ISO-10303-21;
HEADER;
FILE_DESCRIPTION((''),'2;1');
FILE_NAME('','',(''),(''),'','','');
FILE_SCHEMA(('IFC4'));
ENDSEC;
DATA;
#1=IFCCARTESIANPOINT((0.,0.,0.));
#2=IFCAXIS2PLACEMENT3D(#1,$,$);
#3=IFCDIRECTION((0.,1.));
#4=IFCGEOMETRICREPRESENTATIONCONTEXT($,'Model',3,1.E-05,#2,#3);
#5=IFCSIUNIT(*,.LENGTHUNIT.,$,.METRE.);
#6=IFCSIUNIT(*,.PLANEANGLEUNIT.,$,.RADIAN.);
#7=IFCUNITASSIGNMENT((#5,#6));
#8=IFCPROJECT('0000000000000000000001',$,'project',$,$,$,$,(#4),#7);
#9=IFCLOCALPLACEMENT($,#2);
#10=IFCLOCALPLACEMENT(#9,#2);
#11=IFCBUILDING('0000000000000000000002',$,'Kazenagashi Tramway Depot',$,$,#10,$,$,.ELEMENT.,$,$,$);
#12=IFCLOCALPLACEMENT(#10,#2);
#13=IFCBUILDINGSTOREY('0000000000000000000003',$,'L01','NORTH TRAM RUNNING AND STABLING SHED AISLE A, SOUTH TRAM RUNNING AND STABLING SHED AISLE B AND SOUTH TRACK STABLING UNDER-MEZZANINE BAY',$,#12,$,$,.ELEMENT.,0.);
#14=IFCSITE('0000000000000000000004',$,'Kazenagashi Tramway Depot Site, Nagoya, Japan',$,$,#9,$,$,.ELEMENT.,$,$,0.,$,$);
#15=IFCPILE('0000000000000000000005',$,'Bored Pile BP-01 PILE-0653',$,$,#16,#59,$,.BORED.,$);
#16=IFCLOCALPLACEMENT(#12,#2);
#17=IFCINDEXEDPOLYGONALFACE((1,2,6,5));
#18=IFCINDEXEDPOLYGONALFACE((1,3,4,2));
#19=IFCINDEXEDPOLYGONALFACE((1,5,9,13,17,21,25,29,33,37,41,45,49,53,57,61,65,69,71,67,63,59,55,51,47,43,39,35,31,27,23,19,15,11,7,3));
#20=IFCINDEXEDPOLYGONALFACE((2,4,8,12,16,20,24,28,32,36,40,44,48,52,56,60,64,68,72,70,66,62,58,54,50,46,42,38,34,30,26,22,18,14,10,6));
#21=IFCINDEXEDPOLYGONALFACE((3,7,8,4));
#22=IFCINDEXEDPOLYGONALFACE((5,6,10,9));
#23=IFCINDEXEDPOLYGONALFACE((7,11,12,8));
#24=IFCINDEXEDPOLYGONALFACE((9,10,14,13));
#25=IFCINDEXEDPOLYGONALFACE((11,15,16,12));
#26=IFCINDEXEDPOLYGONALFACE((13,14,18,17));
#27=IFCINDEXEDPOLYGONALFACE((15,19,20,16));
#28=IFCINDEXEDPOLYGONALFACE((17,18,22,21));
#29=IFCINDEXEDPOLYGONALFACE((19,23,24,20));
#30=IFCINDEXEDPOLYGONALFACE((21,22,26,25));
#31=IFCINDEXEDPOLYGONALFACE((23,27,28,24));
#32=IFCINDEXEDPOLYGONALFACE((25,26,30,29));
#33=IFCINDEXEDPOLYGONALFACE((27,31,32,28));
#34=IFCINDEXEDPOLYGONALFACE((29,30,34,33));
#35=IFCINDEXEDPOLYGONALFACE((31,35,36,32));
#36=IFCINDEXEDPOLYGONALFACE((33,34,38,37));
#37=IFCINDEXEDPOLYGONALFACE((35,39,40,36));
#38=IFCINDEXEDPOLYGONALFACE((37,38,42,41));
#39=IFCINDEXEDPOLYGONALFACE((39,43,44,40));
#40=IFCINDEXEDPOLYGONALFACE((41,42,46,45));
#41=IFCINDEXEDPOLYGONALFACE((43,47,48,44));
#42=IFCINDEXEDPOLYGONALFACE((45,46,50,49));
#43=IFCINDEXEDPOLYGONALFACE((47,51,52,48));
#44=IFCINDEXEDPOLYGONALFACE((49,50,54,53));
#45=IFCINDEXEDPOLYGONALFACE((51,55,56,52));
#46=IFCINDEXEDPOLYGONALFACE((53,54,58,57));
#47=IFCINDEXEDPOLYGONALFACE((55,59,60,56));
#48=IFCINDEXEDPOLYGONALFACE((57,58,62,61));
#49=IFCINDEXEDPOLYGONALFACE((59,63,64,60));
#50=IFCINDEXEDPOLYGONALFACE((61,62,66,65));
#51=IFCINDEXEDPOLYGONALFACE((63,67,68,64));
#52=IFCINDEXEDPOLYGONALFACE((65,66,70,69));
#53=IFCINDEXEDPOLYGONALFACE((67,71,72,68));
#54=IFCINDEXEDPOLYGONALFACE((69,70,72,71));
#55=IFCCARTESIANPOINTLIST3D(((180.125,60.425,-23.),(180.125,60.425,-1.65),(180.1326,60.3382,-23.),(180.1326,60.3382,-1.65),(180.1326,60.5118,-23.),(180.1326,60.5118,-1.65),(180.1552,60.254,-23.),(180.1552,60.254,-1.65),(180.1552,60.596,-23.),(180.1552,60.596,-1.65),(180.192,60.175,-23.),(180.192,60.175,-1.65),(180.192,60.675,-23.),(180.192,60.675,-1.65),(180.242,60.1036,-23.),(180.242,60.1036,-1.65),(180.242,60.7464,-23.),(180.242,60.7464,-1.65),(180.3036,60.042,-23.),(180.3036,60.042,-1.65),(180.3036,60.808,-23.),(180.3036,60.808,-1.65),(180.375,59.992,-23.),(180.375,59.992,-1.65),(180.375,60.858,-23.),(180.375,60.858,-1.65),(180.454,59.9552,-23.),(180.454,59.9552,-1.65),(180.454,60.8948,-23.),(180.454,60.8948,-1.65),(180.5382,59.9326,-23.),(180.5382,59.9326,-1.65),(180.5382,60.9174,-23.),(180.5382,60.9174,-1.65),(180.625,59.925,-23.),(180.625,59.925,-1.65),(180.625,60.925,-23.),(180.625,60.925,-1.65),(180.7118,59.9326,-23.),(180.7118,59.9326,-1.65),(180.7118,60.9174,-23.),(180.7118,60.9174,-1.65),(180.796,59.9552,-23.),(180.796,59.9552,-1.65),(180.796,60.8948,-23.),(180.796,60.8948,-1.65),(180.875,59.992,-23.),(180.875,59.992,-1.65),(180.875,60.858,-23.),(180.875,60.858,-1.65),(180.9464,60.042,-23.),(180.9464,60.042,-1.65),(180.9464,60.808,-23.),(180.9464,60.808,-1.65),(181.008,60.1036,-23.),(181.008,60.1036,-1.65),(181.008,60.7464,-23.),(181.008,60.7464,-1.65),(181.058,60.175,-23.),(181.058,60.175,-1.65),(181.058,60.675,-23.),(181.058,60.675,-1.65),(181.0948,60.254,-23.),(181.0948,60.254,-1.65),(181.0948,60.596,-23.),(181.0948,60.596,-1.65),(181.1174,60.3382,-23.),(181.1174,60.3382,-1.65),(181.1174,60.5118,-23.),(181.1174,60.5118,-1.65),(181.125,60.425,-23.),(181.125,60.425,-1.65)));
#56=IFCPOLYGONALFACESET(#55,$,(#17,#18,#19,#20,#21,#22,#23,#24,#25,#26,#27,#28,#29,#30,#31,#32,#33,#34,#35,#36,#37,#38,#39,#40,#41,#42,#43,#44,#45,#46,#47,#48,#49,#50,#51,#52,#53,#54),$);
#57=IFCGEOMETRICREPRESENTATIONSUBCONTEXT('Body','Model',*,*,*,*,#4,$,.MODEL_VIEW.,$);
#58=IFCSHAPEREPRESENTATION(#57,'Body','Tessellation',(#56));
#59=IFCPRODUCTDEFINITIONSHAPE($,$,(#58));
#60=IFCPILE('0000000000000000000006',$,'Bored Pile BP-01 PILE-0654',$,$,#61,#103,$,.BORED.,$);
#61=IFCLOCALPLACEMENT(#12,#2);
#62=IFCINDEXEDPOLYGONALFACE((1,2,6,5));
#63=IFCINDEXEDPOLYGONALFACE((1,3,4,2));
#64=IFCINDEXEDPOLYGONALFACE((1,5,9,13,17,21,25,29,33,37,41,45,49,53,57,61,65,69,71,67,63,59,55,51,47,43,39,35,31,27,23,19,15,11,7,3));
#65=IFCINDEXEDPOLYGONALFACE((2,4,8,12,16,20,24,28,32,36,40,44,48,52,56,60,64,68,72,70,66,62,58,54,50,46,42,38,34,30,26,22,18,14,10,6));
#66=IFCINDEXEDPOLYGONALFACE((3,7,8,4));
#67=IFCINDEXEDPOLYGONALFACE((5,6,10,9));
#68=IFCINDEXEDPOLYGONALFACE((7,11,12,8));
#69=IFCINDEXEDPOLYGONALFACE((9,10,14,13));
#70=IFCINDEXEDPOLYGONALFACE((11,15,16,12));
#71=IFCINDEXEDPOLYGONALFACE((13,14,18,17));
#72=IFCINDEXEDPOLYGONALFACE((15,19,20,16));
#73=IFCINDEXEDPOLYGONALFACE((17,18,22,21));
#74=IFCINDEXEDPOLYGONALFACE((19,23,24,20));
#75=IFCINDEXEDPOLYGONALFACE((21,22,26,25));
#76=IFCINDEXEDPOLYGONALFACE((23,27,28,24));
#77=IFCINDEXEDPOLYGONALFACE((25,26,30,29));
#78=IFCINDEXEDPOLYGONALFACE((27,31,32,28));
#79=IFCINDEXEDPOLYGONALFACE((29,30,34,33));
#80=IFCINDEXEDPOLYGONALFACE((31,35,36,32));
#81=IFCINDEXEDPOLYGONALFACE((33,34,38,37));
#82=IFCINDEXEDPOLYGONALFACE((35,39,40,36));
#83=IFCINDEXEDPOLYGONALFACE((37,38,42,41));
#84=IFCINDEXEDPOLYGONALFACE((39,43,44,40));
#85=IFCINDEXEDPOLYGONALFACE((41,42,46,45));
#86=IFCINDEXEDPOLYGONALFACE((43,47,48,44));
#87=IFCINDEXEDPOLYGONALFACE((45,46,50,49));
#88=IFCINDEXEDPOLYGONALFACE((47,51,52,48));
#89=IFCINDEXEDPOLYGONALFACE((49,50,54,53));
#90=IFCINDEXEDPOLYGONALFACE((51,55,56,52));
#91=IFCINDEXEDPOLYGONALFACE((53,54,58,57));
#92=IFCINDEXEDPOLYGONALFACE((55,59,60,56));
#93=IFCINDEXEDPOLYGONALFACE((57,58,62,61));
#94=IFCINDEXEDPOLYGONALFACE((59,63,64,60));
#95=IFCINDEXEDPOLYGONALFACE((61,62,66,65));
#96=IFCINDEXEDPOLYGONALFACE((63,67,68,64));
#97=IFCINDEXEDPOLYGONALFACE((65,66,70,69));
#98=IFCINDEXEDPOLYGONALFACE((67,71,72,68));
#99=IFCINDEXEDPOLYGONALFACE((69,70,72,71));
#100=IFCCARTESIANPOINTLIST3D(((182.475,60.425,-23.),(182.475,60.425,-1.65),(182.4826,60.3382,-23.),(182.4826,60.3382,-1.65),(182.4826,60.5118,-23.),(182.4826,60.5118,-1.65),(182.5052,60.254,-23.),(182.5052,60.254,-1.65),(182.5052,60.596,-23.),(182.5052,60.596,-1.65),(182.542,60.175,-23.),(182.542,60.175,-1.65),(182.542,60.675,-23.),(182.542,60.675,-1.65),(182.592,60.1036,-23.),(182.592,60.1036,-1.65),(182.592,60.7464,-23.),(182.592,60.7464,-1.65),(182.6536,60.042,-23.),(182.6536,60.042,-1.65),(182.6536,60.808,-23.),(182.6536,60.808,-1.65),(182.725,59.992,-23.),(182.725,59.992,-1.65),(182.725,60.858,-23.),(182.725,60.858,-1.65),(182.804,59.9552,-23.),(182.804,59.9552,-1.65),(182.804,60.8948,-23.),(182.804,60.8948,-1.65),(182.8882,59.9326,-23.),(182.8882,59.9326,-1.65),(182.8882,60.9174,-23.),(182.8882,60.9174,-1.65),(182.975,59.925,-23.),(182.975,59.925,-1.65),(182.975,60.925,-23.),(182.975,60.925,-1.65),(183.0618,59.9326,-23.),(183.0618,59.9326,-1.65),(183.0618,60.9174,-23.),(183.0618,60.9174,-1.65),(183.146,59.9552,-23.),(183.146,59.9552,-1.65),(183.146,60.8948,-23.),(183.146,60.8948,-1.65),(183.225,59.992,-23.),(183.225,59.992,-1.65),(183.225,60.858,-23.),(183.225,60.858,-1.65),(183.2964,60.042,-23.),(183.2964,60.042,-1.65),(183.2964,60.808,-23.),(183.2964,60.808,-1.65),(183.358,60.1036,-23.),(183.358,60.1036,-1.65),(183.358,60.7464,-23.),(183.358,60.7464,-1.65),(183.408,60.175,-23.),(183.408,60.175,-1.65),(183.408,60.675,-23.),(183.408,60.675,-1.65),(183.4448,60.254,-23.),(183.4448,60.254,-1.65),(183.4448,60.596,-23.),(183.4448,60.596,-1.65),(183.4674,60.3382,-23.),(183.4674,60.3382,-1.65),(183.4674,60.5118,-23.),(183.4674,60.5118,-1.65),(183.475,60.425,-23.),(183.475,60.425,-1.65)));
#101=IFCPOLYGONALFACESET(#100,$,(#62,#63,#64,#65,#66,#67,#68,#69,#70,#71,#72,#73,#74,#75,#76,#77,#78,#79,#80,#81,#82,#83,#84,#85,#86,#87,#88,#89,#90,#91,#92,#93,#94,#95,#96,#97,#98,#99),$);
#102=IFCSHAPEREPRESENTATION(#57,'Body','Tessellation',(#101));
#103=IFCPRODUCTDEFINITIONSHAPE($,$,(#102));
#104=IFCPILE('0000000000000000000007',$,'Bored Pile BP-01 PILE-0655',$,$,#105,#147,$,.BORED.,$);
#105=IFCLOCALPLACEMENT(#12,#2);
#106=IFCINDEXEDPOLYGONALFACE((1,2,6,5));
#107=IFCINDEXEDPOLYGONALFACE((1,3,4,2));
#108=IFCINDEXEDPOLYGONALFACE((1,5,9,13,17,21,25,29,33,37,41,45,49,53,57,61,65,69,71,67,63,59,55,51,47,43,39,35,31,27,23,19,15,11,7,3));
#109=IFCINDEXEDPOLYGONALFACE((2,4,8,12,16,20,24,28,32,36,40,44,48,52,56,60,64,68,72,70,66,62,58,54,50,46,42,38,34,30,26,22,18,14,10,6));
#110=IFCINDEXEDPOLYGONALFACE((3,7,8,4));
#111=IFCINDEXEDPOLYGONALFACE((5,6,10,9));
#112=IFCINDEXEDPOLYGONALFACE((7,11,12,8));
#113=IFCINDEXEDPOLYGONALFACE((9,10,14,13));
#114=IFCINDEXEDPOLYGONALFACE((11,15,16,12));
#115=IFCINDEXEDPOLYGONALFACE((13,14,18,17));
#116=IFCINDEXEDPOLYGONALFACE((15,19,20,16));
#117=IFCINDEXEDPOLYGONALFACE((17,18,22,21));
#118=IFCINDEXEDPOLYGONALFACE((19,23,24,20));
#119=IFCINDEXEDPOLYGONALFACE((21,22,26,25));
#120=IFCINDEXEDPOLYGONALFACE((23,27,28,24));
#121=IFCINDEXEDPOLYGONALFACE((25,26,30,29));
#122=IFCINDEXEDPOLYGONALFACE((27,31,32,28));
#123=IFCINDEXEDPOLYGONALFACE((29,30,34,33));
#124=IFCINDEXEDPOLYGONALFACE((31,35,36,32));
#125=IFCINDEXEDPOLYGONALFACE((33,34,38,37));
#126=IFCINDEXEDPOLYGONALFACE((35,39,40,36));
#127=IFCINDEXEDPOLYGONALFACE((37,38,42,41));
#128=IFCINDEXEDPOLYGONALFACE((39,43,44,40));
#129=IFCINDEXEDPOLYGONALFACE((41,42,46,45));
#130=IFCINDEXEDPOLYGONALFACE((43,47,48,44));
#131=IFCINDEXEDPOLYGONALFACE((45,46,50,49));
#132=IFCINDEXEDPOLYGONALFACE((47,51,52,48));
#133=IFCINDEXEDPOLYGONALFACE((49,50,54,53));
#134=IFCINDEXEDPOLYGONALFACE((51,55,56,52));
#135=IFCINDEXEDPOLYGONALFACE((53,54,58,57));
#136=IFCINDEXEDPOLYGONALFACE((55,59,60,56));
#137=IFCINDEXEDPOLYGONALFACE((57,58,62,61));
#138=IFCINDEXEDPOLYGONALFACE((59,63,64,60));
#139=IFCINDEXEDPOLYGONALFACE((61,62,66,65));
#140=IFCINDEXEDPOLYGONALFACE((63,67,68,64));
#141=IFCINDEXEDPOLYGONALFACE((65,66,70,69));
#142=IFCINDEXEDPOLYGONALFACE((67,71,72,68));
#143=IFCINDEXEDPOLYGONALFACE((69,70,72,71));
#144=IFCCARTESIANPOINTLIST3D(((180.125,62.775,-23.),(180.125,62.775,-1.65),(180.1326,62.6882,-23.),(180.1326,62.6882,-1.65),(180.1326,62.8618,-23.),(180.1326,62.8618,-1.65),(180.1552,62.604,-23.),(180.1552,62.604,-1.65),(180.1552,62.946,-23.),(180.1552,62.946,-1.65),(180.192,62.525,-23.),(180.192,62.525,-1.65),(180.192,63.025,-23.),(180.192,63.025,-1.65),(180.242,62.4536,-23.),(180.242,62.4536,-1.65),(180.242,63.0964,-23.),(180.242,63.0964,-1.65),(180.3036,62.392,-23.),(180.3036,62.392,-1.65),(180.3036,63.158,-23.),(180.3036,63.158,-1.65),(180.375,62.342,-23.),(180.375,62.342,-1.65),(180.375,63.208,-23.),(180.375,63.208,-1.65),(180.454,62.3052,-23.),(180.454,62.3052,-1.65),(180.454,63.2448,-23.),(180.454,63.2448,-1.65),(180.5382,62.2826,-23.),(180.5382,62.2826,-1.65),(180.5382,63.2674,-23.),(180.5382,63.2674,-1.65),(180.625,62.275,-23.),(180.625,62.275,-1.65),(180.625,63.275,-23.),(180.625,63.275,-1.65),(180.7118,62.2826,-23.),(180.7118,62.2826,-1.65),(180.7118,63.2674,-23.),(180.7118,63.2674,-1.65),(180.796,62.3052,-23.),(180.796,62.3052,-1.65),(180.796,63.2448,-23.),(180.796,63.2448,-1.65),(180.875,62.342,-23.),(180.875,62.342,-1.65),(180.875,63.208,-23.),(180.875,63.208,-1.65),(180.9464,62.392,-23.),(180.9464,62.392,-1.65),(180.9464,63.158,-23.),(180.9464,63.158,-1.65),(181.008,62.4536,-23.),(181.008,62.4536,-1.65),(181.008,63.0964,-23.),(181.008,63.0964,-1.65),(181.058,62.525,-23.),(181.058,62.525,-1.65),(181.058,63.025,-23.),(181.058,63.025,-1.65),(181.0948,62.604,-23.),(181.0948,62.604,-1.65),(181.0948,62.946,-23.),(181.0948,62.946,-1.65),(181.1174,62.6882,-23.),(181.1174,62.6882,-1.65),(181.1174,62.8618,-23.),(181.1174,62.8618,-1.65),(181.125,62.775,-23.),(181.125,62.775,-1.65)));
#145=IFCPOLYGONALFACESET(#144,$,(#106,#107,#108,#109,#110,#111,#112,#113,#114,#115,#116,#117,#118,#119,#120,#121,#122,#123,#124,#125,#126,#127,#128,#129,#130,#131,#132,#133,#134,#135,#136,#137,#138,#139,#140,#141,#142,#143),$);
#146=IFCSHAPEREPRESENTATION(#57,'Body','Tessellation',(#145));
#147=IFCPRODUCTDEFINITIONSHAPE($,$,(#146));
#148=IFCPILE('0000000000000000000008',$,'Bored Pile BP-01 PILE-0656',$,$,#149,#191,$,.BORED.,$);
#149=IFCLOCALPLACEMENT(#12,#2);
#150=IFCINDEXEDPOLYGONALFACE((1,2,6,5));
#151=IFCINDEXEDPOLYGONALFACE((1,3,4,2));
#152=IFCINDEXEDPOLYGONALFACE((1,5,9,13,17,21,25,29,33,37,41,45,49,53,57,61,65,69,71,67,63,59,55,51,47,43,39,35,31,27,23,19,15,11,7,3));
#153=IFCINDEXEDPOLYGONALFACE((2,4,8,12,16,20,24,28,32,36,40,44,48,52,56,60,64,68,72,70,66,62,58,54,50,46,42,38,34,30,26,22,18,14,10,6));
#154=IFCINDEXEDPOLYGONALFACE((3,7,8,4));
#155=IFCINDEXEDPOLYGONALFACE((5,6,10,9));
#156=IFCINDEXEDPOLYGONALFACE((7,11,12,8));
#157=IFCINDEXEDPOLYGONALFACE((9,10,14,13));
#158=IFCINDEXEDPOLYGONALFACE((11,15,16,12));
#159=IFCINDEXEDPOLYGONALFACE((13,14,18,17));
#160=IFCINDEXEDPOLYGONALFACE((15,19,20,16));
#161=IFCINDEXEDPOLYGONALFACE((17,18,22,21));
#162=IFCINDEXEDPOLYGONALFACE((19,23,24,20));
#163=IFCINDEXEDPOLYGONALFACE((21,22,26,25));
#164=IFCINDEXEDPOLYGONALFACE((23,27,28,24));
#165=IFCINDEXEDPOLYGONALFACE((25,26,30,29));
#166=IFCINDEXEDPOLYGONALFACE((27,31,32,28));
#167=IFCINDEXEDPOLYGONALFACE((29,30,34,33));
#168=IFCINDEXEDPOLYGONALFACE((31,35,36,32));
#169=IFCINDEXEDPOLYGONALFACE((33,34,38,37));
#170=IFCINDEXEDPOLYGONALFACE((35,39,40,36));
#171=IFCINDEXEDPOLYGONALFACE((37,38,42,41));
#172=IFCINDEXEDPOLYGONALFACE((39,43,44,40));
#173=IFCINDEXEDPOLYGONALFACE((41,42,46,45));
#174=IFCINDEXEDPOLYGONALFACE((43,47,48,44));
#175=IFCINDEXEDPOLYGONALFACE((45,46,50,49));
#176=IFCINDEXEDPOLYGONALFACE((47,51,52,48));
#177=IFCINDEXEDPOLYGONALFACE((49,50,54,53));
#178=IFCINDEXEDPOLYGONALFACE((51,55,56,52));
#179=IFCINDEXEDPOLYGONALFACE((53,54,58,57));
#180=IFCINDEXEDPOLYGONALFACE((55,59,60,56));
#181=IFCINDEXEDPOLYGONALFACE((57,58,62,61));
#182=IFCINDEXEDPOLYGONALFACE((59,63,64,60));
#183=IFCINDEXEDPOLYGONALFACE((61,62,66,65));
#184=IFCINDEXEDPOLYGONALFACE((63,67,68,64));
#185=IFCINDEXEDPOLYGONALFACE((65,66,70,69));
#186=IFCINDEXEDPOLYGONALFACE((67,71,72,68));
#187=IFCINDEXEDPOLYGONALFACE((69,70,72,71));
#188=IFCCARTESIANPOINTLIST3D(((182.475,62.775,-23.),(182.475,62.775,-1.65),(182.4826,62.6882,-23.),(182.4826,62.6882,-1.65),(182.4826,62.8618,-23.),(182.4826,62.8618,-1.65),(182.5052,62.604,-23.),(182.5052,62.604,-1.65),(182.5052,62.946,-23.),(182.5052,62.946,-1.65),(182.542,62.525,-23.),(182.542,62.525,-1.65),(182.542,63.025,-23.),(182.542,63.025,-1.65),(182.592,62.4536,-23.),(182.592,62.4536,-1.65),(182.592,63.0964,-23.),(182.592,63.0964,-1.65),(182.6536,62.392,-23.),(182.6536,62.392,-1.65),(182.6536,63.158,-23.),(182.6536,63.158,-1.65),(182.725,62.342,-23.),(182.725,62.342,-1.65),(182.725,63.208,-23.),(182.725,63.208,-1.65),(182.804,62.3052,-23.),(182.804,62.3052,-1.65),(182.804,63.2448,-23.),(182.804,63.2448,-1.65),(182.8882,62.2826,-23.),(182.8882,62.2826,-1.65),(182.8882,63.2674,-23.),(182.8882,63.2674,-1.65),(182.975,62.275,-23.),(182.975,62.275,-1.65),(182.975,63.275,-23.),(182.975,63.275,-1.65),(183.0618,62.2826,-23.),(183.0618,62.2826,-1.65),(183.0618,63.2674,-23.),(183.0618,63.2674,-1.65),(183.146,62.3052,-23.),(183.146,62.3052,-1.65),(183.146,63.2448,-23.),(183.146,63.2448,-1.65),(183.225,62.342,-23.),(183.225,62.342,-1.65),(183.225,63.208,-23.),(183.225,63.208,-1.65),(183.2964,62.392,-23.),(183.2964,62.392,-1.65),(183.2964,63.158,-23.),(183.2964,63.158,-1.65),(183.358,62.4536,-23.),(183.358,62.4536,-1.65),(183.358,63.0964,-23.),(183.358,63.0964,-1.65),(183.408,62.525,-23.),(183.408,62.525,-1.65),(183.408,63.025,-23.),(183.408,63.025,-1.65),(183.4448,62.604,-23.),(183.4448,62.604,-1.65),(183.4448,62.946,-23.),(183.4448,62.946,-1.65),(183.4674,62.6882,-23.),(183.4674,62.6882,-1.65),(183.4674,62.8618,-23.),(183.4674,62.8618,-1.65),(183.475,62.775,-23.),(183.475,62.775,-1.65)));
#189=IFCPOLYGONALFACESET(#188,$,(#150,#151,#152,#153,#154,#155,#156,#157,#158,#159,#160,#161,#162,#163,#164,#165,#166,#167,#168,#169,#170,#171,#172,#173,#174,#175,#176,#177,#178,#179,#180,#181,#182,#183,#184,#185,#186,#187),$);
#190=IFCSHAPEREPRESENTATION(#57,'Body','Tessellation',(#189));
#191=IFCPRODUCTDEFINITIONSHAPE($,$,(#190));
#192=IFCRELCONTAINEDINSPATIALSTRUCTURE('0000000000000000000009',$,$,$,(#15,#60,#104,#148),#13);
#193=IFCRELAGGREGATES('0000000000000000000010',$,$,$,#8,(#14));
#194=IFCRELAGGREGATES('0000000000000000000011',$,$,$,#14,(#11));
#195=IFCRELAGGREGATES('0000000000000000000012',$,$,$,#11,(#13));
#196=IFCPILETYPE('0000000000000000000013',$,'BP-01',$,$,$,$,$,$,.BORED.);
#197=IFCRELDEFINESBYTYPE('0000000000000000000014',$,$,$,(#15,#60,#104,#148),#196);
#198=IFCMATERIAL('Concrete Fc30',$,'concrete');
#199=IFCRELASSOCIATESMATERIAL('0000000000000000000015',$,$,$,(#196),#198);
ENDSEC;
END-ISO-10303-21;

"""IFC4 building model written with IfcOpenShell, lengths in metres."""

from ifc_helpers import new_model, si_unit, direction, frame, origin, origin_2d, place, context, subcontext, project, spatial, circle, extrude, material, material_profile, profile_set, type_object, element, save


model = new_model("IFC4")

# Units and contexts
model_context = context("Model", 3, precision=1e-05, world=origin(), true_north=direction((0.0, 1.0)))
body_context = subcontext(model_context, "Body", "Model", "MODEL_VIEW")
ifc_project = project(units=[si_unit("LENGTHUNIT", "METRE"), si_unit("PLANEANGLEUNIT", "RADIAN")], contexts=[model_context])

# Site, building, storey
site_placement = place(None, origin())
site = spatial("IfcSite", under=ifc_project, at=site_placement, Name="Kazenagashi Tramway Depot Site, Nagoya, Japan", CompositionType="ELEMENT", RefElevation=0.0)
building_placement = place(site_placement, origin())
building = spatial("IfcBuilding", under=site, at=building_placement, Name="Kazenagashi Tramway Depot", CompositionType="ELEMENT")
storey_placement = place(building_placement, origin())
storey = spatial("IfcBuildingStorey", under=building, at=storey_placement, Name="L01", Description="NORTH TRAM RUNNING AND STABLING SHED AISLE A, SOUTH TRAM RUNNING AND STABLING SHED AISLE B AND SOUTH TRACK STABLING UNDER-MEZZANINE BAY", CompositionType="ELEMENT", Elevation=0.0)

# Piles
ifc_material_1 = material(Name="Concrete Fc30", Category="concrete")
ifc_material_profile_1 = material_profile(ifc_material_1, circle(Radius=0.5, at=origin_2d()), Name="PILE-1000")
ifc_profile_set_1 = profile_set([ifc_material_profile_1], Name="Concrete Fc30")
pile_type = type_object("IfcPileType", Name="BP-01", PredefinedType="BORED", material=ifc_profile_set_1)
for number, where, z_axis, x_axis, name in (
    (1, (180.625, 60.425, -1.65), (0.0, 0.0, -1.0), (1.0, 0.0, 0.0), "Bored Pile BP-01 PILE-0653"),
    (2, (182.975, 60.425, -1.65), (0.0, 0.0, -1.0), (1.0, 0.0, 0.0), "Bored Pile BP-01 PILE-0654"),
    (3, (180.625, 62.775, -1.65), (0.0, 0.0, -1.0), (1.0, 0.0, 0.0), "Bored Pile BP-01 PILE-0655"),
    (4, (182.975, 62.775, -1.65), (0.0, 0.0, -1.0), (1.0, 0.0, 0.0), "Bored Pile BP-01 PILE-0656"),
):
    element("IfcPile", number, at=place(storey_placement, frame(where, z_axis=z_axis, x_axis=x_axis)), inside=storey, type_object=pile_type, Name=name, PredefinedType="BORED", context=body_context, shape_type="SweptSolid", body=[
        extrude(circle(Radius=0.5, at=origin_2d()), origin(), (0.0, 0.0, 1.0), 21.35),
    ])

save(model, "model.ifc")
